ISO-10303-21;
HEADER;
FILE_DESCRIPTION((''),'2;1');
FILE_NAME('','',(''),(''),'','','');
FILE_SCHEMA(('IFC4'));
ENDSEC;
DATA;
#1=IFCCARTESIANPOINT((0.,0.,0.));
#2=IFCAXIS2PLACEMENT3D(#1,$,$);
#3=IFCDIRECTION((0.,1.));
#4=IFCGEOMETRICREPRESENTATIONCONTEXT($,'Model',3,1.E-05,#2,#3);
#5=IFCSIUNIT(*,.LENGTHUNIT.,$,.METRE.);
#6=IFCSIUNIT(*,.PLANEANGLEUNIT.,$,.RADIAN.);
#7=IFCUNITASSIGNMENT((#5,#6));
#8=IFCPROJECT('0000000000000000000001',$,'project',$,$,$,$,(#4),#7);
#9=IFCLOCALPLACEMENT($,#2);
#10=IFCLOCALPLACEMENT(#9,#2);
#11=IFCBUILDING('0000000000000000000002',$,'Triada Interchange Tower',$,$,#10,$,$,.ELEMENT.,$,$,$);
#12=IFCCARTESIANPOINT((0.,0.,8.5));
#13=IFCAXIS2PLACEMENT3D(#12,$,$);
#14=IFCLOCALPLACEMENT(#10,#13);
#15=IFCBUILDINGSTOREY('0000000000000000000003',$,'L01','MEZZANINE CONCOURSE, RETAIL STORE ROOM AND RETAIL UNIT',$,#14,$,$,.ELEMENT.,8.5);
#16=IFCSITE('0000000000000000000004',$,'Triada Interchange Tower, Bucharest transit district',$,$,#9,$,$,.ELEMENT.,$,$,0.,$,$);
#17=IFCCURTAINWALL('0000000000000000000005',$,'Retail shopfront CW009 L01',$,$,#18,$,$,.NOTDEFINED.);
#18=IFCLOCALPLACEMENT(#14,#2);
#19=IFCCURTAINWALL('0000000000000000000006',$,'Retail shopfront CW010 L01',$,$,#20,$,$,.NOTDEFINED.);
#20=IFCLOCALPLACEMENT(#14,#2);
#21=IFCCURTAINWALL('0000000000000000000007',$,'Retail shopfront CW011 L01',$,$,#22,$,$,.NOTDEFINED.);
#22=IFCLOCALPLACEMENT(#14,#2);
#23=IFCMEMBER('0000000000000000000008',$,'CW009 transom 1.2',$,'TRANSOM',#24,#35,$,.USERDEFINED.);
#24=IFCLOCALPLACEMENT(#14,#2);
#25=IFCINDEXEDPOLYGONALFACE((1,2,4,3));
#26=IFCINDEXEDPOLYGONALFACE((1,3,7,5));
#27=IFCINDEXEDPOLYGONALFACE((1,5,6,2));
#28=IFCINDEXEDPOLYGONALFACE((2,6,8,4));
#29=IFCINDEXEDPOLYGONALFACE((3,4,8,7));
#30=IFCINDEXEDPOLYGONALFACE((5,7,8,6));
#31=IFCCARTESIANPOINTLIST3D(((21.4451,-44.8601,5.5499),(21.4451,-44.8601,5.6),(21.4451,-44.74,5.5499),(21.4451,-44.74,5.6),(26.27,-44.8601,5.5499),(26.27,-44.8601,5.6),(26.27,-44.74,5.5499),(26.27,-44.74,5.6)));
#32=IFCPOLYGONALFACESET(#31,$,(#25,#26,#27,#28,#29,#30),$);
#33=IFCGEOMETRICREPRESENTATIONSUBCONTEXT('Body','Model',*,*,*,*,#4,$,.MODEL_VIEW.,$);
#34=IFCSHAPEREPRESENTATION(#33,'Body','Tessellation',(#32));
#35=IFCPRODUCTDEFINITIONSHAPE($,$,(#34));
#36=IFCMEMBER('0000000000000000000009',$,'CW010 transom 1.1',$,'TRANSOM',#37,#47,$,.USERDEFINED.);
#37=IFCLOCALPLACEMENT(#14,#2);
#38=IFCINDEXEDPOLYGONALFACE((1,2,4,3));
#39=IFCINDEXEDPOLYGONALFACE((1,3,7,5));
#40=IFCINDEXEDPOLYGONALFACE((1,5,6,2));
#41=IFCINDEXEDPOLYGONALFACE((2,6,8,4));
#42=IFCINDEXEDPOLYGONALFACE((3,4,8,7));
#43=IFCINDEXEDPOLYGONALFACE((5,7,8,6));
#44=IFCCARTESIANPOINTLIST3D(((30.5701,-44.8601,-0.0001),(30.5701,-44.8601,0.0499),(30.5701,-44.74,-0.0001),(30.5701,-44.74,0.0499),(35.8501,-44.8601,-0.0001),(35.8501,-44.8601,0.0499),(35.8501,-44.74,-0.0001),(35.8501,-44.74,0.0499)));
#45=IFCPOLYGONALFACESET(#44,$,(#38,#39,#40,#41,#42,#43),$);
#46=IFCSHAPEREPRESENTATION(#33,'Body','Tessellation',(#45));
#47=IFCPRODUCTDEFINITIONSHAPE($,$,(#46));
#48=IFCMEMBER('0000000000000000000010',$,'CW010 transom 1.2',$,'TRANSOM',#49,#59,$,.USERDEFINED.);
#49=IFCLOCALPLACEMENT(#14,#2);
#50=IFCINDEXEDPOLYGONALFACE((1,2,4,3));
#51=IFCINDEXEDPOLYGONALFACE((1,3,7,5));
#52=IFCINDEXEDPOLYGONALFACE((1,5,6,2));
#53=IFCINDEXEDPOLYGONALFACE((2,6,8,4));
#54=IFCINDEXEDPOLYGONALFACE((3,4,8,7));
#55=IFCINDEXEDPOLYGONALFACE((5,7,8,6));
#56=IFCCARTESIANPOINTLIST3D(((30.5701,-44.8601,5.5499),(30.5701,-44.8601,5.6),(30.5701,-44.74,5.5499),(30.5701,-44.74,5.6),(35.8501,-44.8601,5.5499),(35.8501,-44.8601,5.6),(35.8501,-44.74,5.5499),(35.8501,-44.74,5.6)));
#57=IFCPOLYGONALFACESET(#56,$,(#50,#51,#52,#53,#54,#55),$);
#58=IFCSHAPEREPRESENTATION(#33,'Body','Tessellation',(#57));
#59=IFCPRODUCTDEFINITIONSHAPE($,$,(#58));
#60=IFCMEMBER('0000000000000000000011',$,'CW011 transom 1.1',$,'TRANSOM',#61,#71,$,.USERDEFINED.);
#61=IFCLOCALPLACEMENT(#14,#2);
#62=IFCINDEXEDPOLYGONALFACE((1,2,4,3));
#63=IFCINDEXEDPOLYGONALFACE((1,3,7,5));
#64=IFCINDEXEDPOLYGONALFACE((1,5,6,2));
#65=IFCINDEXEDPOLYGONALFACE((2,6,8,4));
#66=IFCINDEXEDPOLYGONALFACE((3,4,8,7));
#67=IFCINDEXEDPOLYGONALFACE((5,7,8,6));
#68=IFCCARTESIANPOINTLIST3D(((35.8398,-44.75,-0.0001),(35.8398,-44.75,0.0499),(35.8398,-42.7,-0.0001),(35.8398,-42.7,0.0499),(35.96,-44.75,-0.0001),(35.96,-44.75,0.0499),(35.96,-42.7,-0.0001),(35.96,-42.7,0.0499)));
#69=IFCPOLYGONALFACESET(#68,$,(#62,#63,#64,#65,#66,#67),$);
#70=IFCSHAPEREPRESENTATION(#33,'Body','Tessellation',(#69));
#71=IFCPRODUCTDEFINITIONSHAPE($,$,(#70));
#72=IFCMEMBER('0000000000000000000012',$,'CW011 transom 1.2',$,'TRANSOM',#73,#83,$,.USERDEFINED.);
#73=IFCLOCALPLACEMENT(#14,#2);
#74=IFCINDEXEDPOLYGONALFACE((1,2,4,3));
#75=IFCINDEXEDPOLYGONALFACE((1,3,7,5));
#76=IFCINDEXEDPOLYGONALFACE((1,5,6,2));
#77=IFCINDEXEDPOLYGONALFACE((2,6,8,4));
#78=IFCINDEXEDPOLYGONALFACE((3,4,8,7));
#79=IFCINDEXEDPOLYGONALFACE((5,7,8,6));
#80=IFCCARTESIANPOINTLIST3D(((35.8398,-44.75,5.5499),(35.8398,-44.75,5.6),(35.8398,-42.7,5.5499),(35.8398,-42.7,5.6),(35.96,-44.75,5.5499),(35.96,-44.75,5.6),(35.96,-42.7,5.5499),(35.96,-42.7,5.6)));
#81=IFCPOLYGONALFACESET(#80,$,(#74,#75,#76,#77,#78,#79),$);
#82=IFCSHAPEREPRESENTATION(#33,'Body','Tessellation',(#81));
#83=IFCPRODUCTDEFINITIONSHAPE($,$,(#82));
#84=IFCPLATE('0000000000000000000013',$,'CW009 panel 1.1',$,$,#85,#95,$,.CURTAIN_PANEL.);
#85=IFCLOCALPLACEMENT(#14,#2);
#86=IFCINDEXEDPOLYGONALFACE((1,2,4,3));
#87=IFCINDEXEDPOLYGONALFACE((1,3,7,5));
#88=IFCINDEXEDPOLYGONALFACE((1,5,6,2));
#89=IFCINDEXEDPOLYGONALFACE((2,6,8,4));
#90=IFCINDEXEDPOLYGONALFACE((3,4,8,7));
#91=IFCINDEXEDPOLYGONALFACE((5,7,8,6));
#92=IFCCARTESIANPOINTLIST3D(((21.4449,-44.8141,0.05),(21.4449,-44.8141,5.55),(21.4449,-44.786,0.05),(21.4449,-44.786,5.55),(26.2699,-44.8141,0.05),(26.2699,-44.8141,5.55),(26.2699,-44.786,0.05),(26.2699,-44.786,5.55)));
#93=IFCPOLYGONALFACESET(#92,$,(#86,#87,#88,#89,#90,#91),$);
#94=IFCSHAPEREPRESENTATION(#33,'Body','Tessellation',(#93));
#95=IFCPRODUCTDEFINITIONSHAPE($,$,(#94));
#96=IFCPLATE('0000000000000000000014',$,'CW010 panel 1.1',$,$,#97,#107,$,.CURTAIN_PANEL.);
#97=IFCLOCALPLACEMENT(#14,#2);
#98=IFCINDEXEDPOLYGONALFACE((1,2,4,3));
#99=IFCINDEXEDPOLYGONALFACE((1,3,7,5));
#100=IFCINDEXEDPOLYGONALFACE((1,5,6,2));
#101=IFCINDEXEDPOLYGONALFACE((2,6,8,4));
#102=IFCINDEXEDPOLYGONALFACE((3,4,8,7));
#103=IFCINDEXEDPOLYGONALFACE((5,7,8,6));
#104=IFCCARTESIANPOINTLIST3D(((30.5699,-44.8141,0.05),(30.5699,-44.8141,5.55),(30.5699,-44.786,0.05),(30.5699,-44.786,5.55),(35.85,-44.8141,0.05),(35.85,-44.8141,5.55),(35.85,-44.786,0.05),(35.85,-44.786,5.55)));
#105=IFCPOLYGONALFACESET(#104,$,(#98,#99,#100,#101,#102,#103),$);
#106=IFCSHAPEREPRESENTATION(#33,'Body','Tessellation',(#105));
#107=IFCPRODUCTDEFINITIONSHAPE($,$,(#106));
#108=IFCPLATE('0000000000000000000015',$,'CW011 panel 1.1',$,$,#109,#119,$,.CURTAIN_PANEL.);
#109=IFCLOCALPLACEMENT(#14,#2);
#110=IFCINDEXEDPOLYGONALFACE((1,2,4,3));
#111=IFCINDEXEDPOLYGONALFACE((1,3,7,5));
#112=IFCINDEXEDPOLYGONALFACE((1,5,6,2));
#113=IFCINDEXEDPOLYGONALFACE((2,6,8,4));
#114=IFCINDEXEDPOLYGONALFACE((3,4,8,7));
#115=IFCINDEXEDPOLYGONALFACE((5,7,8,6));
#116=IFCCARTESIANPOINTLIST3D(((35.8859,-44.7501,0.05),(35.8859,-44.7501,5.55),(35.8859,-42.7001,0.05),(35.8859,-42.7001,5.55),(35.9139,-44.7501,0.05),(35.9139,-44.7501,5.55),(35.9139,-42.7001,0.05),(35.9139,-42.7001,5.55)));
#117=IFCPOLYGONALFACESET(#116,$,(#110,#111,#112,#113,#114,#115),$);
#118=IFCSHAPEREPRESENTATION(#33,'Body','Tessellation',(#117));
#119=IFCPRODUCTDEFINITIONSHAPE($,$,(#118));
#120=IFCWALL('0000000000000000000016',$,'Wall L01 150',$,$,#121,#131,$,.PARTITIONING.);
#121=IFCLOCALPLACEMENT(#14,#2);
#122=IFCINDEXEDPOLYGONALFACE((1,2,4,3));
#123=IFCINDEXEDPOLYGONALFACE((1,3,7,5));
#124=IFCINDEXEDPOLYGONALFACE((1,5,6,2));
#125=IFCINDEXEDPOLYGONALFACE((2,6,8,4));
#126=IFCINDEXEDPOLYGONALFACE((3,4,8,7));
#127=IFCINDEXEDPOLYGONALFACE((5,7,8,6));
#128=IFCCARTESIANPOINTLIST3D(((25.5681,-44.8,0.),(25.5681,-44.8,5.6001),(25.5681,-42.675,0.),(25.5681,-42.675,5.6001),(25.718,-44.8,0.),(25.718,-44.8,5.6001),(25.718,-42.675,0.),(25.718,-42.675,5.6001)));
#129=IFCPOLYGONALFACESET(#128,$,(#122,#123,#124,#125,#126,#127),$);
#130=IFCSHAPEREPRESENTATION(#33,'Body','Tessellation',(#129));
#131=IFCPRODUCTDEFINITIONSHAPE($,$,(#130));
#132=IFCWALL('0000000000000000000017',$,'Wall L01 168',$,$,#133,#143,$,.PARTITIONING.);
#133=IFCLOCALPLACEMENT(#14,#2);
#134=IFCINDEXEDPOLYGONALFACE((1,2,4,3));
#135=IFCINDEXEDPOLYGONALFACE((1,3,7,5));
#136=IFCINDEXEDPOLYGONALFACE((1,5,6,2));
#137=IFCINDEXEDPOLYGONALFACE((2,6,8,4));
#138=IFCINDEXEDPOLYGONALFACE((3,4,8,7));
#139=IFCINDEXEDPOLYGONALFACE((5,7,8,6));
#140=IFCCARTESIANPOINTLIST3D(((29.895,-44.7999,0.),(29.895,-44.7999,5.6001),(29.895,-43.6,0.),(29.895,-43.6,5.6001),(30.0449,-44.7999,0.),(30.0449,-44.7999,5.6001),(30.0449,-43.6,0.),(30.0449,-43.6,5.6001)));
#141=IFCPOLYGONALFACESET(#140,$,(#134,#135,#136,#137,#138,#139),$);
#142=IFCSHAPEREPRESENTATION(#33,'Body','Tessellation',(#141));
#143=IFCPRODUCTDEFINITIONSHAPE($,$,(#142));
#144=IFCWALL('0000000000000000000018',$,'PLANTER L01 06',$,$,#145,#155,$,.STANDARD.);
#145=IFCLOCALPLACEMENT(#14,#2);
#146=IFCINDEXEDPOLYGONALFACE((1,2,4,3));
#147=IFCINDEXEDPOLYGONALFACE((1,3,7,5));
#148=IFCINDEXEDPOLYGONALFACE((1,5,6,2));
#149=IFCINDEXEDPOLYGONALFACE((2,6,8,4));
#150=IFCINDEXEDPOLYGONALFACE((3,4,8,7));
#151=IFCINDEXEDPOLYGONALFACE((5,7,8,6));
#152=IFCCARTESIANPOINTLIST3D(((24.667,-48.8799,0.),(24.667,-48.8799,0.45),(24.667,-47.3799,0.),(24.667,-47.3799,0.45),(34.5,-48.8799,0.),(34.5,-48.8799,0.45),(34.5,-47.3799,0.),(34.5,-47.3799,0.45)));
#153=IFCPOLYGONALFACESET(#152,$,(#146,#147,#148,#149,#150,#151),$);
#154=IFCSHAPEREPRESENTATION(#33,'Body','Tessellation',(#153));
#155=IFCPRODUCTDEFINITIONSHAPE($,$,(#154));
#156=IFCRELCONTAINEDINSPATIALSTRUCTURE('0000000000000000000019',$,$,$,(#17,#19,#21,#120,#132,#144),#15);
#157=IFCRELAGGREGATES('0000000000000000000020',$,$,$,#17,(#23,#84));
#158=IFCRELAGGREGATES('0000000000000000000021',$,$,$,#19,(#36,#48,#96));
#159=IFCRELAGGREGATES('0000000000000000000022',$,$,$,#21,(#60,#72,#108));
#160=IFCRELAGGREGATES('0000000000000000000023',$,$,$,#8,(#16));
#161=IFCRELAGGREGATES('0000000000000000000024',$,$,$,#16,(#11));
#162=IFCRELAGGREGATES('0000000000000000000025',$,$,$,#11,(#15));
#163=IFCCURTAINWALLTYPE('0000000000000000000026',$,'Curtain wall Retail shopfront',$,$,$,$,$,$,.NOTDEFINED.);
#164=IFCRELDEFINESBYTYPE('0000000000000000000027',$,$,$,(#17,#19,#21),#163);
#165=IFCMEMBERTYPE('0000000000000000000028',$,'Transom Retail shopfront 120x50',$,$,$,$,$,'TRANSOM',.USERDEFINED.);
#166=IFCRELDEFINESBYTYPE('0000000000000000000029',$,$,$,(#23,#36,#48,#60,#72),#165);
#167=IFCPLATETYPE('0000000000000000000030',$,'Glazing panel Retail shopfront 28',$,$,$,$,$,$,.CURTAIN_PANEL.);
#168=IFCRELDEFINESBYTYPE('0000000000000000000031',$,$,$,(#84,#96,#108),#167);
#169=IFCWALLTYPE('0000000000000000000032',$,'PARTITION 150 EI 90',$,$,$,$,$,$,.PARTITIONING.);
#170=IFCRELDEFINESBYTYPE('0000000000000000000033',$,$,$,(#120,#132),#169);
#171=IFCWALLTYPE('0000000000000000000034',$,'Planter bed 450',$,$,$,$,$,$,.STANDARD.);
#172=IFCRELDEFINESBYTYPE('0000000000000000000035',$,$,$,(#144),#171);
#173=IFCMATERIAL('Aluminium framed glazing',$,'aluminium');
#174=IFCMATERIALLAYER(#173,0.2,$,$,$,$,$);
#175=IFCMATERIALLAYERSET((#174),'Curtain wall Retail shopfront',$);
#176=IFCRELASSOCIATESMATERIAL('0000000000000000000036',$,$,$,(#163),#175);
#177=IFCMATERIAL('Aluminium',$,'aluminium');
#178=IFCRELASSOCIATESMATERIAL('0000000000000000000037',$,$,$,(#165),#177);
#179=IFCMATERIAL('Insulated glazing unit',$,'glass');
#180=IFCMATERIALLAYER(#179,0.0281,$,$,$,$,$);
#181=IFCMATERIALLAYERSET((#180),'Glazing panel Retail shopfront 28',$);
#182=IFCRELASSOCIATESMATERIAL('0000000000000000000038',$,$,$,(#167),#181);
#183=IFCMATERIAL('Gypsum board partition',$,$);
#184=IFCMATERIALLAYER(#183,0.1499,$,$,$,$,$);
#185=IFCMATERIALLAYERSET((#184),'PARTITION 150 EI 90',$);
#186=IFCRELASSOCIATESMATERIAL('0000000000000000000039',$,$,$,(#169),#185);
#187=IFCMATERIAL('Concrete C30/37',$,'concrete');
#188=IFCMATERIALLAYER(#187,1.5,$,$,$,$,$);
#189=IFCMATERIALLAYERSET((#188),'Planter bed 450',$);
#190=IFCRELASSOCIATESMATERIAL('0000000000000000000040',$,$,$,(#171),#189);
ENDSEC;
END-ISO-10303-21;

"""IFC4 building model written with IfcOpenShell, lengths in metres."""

from ifc_helpers import new_model, si_unit, direction, frame, frame_2d, origin, origin_2d, place, context, subcontext, project, spatial, rectangle, extrude, material, layer, layer_set, material_profile, profile_set, type_object, element, aggregate, save


model = new_model("IFC4")

# Units and contexts
model_context = context("Model", 3, precision=1e-05, world=origin(), true_north=direction((0.0, 1.0)))
body_context = subcontext(model_context, "Body", "Model", "MODEL_VIEW")
ifc_project = project(units=[si_unit("LENGTHUNIT", "METRE"), si_unit("PLANEANGLEUNIT", "RADIAN")], contexts=[model_context])

# Site, building, storey
site_placement = place(None, origin())
site = spatial("IfcSite", under=ifc_project, at=site_placement, Name="Triada Interchange Tower, Bucharest transit district", CompositionType="ELEMENT", RefElevation=0.0)
building_placement = place(site_placement, origin())
building = spatial("IfcBuilding", under=site, at=building_placement, Name="Triada Interchange Tower", CompositionType="ELEMENT")
storey_placement = place(building_placement, frame((0.0, 0.0, 8.5)))
storey = spatial("IfcBuildingStorey", under=building, at=storey_placement, Name="L01", Description="MEZZANINE CONCOURSE, RETAIL STORE ROOM AND RETAIL UNIT", CompositionType="ELEMENT", Elevation=8.5)

# Shared definitions
ifc_material_1 = material(Name="Aluminium framed glazing", Category="aluminium")
ifc_layer_1 = layer(ifc_material_1, 0.2)
ifc_layer_set_1 = layer_set([ifc_layer_1], Name="Curtain wall Retail shopfront")
curtain_wall_type = type_object("IfcCurtainWallType", Name="Curtain wall Retail shopfront", PredefinedType="NOTDEFINED", material=ifc_layer_set_1)
ifc_material_2 = material(Name="Aluminium", Category="aluminium")

# Curtain walls
curtain_wall_1_placement = place(storey_placement, origin())
curtain_wall_1 = element("IfcCurtainWall", 1, at=curtain_wall_1_placement, inside=storey, type_object=curtain_wall_type, Name="Retail shopfront CW009 L01", PredefinedType="NOTDEFINED")
curtain_wall_2_placement = place(storey_placement, origin())
curtain_wall_2 = element("IfcCurtainWall", 2, at=curtain_wall_2_placement, inside=storey, type_object=curtain_wall_type, Name="Retail shopfront CW010 L01", PredefinedType="NOTDEFINED")

# Curtain wall
curtain_wall_3_placement = place(storey_placement, origin())
curtain_wall_3 = element("IfcCurtainWall", 3, at=curtain_wall_3_placement, inside=storey, type_object=curtain_wall_type, Name="Retail shopfront CW011 L01", PredefinedType="NOTDEFINED")

# Members
ifc_material_profile_1 = material_profile(ifc_material_2, rectangle(XDim=0.1201, YDim=0.05, at=origin_2d()), Name="Aluminium transom")
ifc_profile_set_1 = profile_set([ifc_material_profile_1], Name="Aluminium")
member_type_1 = type_object("IfcMemberType", Name="Transom Retail shopfront 120x50", ElementType="TRANSOM", PredefinedType="USERDEFINED", material=ifc_profile_set_1)
member_1_placement = place(storey_placement, frame((21.4451, -44.8, 5.575), z_axis=(1.0, 0.0, 0.0), x_axis=(0.0, 1.0, 0.0)))
member_1 = element("IfcMember", 4, at=member_1_placement, type_object=member_type_1, Name="CW009 transom 1.2", ObjectType="TRANSOM", PredefinedType="USERDEFINED", context=body_context, shape_type="SweptSolid", body=[
    extrude(rectangle(XDim=0.1201, YDim=0.05, at=origin_2d()), origin(), (0.0, 0.0, 1.0), 4.825),
])
member_2_placement = place(storey_placement, frame((30.5701, -44.8, 0.0249), z_axis=(1.0, 0.0, 0.0), x_axis=(0.0, 1.0, 0.0)))
member_2 = element("IfcMember", 5, at=member_2_placement, type_object=member_type_1, Name="CW010 transom 1.1", ObjectType="TRANSOM", PredefinedType="USERDEFINED", context=body_context, shape_type="SweptSolid", body=[
    extrude(rectangle(XDim=0.1201, YDim=0.05, at=origin_2d()), origin(), (0.0, 0.0, 1.0), 5.28),
])
member_3_placement = place(storey_placement, frame((30.5701, -44.8, 5.575), z_axis=(1.0, 0.0, 0.0), x_axis=(0.0, 1.0, 0.0)))
member_3 = element("IfcMember", 6, at=member_3_placement, type_object=member_type_1, Name="CW010 transom 1.2", ObjectType="TRANSOM", PredefinedType="USERDEFINED", context=body_context, shape_type="SweptSolid", body=[
    extrude(rectangle(XDim=0.1201, YDim=0.05, at=origin_2d()), origin(), (0.0, 0.0, 1.0), 5.28),
])
member_4_placement = place(storey_placement, frame((35.8999, -44.75, 0.0249), z_axis=(0.0, 1.0, 0.0), x_axis=(-1.0, 0.0, 0.0)))
member_4 = element("IfcMember", 7, at=member_4_placement, type_object=member_type_1, Name="CW011 transom 1.1", ObjectType="TRANSOM", PredefinedType="USERDEFINED", context=body_context, shape_type="SweptSolid", body=[
    extrude(rectangle(XDim=0.1201, YDim=0.05, at=origin_2d()), origin(), (0.0, 0.0, 1.0), 2.05),
])
member_5_placement = place(storey_placement, frame((35.8999, -44.75, 5.575), z_axis=(0.0, 1.0, 0.0), x_axis=(-1.0, 0.0, 0.0)))
member_5 = element("IfcMember", 8, at=member_5_placement, type_object=member_type_1, Name="CW011 transom 1.2", ObjectType="TRANSOM", PredefinedType="USERDEFINED", context=body_context, shape_type="SweptSolid", body=[
    extrude(rectangle(XDim=0.1201, YDim=0.05, at=origin_2d()), origin(), (0.0, 0.0, 1.0), 2.05),
])

# Plates
ifc_material_3 = material(Name="Insulated glazing unit", Category="glass")
ifc_layer_2 = layer(ifc_material_3, 0.0281)
ifc_layer_set_2 = layer_set([ifc_layer_2], Name="Glazing panel Retail shopfront 28")
plate_type = type_object("IfcPlateType", Name="Glazing panel Retail shopfront 28", PredefinedType="CURTAIN_PANEL", material=ifc_layer_set_2)
plate_1_placement = place(storey_placement, frame((23.8574, -44.8, 0.05), z_axis=(0.0, 0.0, 1.0), x_axis=(1.0, 0.0, 0.0)))
plate_1 = element("IfcPlate", 9, at=plate_1_placement, type_object=plate_type, Name="CW009 panel 1.1", PredefinedType="CURTAIN_PANEL", context=body_context, shape_type="SweptSolid", body=[
    extrude(rectangle(XDim=4.825, YDim=0.0281, at=origin_2d()), origin(), (0.0, 0.0, 1.0), 5.5),
])
aggregate(curtain_wall_1, [member_1, plate_1])
plate_2_placement = place(storey_placement, frame((33.21, -44.8, 0.05), z_axis=(0.0, 0.0, 1.0), x_axis=(1.0, 0.0, 0.0)))
plate_2 = element("IfcPlate", 10, at=plate_2_placement, type_object=plate_type, Name="CW010 panel 1.1", PredefinedType="CURTAIN_PANEL", context=body_context, shape_type="SweptSolid", body=[
    extrude(rectangle(XDim=5.28, YDim=0.0281, at=origin_2d()), origin(), (0.0, 0.0, 1.0), 5.5),
])
aggregate(curtain_wall_2, [member_2, member_3, plate_2])
plate_3_placement = place(storey_placement, frame((35.8999, -43.7251, 0.05), z_axis=(0.0, 0.0, 1.0), x_axis=(0.0, 1.0, 0.0)))
plate_3 = element("IfcPlate", 11, at=plate_3_placement, type_object=plate_type, Name="CW011 panel 1.1", PredefinedType="CURTAIN_PANEL", context=body_context, shape_type="SweptSolid", body=[
    extrude(rectangle(XDim=2.05, YDim=0.0281, at=origin_2d()), origin(), (0.0, 0.0, 1.0), 5.5),
])
aggregate(curtain_wall_3, [member_4, member_5, plate_3])

# Walls
ifc_material_4 = material(Name="Gypsum board partition")
ifc_layer_3 = layer(ifc_material_4, 0.1499)
ifc_layer_set_3 = layer_set([ifc_layer_3], Name="PARTITION 150 EI 90")
wall_type_1 = type_object("IfcWallType", Name="PARTITION 150 EI 90", PredefinedType="PARTITIONING", material=ifc_layer_set_3)
wall_1_placement = place(storey_placement, frame((25.6431, -44.8, 0.0), z_axis=(0.0, 0.0, 1.0), x_axis=(0.0, 1.0, 0.0)))
element("IfcWall", 12, at=wall_1_placement, inside=storey, type_object=wall_type_1, Name="Wall L01 150", PredefinedType="PARTITIONING", context=body_context, shape_type="SweptSolid", body=[
    extrude(rectangle(XDim=2.125, YDim=0.1499, at=frame_2d((1.0625, 0.0))), origin(), (0.0, 0.0, 1.0), 5.6001),
])
wall_2_placement = place(storey_placement, frame((29.97, -44.8, 0.0), z_axis=(0.0, 0.0, 1.0), x_axis=(0.0, 1.0, 0.0)))
element("IfcWall", 13, at=wall_2_placement, inside=storey, type_object=wall_type_1, Name="Wall L01 168", PredefinedType="PARTITIONING", context=body_context, shape_type="SweptSolid", body=[
    extrude(rectangle(XDim=1.2, YDim=0.1499, at=frame_2d((0.6001, 0.0))), origin(), (0.0, 0.0, 1.0), 5.6001),
])
ifc_material_5 = material(Name="Concrete C30/37", Category="concrete")
ifc_layer_4 = layer(ifc_material_5, 1.5)
ifc_layer_set_4 = layer_set([ifc_layer_4], Name="Planter bed 450")
wall_type_2 = type_object("IfcWallType", Name="Planter bed 450", PredefinedType="STANDARD", material=ifc_layer_set_4)
wall_3_placement = place(storey_placement, frame((24.667, -48.1299, 0.0), z_axis=(0.0, 0.0, 1.0), x_axis=(1.0, 0.0, 0.0)))
element("IfcWall", 14, at=wall_3_placement, inside=storey, type_object=wall_type_2, Name="PLANTER L01 06", PredefinedType="STANDARD", context=body_context, shape_type="SweptSolid", body=[
    extrude(rectangle(XDim=9.833, YDim=1.5, at=frame_2d((4.9165, 0.0))), origin(), (0.0, 0.0, 1.0), 0.45),
])

save(model, "model.ifc")
